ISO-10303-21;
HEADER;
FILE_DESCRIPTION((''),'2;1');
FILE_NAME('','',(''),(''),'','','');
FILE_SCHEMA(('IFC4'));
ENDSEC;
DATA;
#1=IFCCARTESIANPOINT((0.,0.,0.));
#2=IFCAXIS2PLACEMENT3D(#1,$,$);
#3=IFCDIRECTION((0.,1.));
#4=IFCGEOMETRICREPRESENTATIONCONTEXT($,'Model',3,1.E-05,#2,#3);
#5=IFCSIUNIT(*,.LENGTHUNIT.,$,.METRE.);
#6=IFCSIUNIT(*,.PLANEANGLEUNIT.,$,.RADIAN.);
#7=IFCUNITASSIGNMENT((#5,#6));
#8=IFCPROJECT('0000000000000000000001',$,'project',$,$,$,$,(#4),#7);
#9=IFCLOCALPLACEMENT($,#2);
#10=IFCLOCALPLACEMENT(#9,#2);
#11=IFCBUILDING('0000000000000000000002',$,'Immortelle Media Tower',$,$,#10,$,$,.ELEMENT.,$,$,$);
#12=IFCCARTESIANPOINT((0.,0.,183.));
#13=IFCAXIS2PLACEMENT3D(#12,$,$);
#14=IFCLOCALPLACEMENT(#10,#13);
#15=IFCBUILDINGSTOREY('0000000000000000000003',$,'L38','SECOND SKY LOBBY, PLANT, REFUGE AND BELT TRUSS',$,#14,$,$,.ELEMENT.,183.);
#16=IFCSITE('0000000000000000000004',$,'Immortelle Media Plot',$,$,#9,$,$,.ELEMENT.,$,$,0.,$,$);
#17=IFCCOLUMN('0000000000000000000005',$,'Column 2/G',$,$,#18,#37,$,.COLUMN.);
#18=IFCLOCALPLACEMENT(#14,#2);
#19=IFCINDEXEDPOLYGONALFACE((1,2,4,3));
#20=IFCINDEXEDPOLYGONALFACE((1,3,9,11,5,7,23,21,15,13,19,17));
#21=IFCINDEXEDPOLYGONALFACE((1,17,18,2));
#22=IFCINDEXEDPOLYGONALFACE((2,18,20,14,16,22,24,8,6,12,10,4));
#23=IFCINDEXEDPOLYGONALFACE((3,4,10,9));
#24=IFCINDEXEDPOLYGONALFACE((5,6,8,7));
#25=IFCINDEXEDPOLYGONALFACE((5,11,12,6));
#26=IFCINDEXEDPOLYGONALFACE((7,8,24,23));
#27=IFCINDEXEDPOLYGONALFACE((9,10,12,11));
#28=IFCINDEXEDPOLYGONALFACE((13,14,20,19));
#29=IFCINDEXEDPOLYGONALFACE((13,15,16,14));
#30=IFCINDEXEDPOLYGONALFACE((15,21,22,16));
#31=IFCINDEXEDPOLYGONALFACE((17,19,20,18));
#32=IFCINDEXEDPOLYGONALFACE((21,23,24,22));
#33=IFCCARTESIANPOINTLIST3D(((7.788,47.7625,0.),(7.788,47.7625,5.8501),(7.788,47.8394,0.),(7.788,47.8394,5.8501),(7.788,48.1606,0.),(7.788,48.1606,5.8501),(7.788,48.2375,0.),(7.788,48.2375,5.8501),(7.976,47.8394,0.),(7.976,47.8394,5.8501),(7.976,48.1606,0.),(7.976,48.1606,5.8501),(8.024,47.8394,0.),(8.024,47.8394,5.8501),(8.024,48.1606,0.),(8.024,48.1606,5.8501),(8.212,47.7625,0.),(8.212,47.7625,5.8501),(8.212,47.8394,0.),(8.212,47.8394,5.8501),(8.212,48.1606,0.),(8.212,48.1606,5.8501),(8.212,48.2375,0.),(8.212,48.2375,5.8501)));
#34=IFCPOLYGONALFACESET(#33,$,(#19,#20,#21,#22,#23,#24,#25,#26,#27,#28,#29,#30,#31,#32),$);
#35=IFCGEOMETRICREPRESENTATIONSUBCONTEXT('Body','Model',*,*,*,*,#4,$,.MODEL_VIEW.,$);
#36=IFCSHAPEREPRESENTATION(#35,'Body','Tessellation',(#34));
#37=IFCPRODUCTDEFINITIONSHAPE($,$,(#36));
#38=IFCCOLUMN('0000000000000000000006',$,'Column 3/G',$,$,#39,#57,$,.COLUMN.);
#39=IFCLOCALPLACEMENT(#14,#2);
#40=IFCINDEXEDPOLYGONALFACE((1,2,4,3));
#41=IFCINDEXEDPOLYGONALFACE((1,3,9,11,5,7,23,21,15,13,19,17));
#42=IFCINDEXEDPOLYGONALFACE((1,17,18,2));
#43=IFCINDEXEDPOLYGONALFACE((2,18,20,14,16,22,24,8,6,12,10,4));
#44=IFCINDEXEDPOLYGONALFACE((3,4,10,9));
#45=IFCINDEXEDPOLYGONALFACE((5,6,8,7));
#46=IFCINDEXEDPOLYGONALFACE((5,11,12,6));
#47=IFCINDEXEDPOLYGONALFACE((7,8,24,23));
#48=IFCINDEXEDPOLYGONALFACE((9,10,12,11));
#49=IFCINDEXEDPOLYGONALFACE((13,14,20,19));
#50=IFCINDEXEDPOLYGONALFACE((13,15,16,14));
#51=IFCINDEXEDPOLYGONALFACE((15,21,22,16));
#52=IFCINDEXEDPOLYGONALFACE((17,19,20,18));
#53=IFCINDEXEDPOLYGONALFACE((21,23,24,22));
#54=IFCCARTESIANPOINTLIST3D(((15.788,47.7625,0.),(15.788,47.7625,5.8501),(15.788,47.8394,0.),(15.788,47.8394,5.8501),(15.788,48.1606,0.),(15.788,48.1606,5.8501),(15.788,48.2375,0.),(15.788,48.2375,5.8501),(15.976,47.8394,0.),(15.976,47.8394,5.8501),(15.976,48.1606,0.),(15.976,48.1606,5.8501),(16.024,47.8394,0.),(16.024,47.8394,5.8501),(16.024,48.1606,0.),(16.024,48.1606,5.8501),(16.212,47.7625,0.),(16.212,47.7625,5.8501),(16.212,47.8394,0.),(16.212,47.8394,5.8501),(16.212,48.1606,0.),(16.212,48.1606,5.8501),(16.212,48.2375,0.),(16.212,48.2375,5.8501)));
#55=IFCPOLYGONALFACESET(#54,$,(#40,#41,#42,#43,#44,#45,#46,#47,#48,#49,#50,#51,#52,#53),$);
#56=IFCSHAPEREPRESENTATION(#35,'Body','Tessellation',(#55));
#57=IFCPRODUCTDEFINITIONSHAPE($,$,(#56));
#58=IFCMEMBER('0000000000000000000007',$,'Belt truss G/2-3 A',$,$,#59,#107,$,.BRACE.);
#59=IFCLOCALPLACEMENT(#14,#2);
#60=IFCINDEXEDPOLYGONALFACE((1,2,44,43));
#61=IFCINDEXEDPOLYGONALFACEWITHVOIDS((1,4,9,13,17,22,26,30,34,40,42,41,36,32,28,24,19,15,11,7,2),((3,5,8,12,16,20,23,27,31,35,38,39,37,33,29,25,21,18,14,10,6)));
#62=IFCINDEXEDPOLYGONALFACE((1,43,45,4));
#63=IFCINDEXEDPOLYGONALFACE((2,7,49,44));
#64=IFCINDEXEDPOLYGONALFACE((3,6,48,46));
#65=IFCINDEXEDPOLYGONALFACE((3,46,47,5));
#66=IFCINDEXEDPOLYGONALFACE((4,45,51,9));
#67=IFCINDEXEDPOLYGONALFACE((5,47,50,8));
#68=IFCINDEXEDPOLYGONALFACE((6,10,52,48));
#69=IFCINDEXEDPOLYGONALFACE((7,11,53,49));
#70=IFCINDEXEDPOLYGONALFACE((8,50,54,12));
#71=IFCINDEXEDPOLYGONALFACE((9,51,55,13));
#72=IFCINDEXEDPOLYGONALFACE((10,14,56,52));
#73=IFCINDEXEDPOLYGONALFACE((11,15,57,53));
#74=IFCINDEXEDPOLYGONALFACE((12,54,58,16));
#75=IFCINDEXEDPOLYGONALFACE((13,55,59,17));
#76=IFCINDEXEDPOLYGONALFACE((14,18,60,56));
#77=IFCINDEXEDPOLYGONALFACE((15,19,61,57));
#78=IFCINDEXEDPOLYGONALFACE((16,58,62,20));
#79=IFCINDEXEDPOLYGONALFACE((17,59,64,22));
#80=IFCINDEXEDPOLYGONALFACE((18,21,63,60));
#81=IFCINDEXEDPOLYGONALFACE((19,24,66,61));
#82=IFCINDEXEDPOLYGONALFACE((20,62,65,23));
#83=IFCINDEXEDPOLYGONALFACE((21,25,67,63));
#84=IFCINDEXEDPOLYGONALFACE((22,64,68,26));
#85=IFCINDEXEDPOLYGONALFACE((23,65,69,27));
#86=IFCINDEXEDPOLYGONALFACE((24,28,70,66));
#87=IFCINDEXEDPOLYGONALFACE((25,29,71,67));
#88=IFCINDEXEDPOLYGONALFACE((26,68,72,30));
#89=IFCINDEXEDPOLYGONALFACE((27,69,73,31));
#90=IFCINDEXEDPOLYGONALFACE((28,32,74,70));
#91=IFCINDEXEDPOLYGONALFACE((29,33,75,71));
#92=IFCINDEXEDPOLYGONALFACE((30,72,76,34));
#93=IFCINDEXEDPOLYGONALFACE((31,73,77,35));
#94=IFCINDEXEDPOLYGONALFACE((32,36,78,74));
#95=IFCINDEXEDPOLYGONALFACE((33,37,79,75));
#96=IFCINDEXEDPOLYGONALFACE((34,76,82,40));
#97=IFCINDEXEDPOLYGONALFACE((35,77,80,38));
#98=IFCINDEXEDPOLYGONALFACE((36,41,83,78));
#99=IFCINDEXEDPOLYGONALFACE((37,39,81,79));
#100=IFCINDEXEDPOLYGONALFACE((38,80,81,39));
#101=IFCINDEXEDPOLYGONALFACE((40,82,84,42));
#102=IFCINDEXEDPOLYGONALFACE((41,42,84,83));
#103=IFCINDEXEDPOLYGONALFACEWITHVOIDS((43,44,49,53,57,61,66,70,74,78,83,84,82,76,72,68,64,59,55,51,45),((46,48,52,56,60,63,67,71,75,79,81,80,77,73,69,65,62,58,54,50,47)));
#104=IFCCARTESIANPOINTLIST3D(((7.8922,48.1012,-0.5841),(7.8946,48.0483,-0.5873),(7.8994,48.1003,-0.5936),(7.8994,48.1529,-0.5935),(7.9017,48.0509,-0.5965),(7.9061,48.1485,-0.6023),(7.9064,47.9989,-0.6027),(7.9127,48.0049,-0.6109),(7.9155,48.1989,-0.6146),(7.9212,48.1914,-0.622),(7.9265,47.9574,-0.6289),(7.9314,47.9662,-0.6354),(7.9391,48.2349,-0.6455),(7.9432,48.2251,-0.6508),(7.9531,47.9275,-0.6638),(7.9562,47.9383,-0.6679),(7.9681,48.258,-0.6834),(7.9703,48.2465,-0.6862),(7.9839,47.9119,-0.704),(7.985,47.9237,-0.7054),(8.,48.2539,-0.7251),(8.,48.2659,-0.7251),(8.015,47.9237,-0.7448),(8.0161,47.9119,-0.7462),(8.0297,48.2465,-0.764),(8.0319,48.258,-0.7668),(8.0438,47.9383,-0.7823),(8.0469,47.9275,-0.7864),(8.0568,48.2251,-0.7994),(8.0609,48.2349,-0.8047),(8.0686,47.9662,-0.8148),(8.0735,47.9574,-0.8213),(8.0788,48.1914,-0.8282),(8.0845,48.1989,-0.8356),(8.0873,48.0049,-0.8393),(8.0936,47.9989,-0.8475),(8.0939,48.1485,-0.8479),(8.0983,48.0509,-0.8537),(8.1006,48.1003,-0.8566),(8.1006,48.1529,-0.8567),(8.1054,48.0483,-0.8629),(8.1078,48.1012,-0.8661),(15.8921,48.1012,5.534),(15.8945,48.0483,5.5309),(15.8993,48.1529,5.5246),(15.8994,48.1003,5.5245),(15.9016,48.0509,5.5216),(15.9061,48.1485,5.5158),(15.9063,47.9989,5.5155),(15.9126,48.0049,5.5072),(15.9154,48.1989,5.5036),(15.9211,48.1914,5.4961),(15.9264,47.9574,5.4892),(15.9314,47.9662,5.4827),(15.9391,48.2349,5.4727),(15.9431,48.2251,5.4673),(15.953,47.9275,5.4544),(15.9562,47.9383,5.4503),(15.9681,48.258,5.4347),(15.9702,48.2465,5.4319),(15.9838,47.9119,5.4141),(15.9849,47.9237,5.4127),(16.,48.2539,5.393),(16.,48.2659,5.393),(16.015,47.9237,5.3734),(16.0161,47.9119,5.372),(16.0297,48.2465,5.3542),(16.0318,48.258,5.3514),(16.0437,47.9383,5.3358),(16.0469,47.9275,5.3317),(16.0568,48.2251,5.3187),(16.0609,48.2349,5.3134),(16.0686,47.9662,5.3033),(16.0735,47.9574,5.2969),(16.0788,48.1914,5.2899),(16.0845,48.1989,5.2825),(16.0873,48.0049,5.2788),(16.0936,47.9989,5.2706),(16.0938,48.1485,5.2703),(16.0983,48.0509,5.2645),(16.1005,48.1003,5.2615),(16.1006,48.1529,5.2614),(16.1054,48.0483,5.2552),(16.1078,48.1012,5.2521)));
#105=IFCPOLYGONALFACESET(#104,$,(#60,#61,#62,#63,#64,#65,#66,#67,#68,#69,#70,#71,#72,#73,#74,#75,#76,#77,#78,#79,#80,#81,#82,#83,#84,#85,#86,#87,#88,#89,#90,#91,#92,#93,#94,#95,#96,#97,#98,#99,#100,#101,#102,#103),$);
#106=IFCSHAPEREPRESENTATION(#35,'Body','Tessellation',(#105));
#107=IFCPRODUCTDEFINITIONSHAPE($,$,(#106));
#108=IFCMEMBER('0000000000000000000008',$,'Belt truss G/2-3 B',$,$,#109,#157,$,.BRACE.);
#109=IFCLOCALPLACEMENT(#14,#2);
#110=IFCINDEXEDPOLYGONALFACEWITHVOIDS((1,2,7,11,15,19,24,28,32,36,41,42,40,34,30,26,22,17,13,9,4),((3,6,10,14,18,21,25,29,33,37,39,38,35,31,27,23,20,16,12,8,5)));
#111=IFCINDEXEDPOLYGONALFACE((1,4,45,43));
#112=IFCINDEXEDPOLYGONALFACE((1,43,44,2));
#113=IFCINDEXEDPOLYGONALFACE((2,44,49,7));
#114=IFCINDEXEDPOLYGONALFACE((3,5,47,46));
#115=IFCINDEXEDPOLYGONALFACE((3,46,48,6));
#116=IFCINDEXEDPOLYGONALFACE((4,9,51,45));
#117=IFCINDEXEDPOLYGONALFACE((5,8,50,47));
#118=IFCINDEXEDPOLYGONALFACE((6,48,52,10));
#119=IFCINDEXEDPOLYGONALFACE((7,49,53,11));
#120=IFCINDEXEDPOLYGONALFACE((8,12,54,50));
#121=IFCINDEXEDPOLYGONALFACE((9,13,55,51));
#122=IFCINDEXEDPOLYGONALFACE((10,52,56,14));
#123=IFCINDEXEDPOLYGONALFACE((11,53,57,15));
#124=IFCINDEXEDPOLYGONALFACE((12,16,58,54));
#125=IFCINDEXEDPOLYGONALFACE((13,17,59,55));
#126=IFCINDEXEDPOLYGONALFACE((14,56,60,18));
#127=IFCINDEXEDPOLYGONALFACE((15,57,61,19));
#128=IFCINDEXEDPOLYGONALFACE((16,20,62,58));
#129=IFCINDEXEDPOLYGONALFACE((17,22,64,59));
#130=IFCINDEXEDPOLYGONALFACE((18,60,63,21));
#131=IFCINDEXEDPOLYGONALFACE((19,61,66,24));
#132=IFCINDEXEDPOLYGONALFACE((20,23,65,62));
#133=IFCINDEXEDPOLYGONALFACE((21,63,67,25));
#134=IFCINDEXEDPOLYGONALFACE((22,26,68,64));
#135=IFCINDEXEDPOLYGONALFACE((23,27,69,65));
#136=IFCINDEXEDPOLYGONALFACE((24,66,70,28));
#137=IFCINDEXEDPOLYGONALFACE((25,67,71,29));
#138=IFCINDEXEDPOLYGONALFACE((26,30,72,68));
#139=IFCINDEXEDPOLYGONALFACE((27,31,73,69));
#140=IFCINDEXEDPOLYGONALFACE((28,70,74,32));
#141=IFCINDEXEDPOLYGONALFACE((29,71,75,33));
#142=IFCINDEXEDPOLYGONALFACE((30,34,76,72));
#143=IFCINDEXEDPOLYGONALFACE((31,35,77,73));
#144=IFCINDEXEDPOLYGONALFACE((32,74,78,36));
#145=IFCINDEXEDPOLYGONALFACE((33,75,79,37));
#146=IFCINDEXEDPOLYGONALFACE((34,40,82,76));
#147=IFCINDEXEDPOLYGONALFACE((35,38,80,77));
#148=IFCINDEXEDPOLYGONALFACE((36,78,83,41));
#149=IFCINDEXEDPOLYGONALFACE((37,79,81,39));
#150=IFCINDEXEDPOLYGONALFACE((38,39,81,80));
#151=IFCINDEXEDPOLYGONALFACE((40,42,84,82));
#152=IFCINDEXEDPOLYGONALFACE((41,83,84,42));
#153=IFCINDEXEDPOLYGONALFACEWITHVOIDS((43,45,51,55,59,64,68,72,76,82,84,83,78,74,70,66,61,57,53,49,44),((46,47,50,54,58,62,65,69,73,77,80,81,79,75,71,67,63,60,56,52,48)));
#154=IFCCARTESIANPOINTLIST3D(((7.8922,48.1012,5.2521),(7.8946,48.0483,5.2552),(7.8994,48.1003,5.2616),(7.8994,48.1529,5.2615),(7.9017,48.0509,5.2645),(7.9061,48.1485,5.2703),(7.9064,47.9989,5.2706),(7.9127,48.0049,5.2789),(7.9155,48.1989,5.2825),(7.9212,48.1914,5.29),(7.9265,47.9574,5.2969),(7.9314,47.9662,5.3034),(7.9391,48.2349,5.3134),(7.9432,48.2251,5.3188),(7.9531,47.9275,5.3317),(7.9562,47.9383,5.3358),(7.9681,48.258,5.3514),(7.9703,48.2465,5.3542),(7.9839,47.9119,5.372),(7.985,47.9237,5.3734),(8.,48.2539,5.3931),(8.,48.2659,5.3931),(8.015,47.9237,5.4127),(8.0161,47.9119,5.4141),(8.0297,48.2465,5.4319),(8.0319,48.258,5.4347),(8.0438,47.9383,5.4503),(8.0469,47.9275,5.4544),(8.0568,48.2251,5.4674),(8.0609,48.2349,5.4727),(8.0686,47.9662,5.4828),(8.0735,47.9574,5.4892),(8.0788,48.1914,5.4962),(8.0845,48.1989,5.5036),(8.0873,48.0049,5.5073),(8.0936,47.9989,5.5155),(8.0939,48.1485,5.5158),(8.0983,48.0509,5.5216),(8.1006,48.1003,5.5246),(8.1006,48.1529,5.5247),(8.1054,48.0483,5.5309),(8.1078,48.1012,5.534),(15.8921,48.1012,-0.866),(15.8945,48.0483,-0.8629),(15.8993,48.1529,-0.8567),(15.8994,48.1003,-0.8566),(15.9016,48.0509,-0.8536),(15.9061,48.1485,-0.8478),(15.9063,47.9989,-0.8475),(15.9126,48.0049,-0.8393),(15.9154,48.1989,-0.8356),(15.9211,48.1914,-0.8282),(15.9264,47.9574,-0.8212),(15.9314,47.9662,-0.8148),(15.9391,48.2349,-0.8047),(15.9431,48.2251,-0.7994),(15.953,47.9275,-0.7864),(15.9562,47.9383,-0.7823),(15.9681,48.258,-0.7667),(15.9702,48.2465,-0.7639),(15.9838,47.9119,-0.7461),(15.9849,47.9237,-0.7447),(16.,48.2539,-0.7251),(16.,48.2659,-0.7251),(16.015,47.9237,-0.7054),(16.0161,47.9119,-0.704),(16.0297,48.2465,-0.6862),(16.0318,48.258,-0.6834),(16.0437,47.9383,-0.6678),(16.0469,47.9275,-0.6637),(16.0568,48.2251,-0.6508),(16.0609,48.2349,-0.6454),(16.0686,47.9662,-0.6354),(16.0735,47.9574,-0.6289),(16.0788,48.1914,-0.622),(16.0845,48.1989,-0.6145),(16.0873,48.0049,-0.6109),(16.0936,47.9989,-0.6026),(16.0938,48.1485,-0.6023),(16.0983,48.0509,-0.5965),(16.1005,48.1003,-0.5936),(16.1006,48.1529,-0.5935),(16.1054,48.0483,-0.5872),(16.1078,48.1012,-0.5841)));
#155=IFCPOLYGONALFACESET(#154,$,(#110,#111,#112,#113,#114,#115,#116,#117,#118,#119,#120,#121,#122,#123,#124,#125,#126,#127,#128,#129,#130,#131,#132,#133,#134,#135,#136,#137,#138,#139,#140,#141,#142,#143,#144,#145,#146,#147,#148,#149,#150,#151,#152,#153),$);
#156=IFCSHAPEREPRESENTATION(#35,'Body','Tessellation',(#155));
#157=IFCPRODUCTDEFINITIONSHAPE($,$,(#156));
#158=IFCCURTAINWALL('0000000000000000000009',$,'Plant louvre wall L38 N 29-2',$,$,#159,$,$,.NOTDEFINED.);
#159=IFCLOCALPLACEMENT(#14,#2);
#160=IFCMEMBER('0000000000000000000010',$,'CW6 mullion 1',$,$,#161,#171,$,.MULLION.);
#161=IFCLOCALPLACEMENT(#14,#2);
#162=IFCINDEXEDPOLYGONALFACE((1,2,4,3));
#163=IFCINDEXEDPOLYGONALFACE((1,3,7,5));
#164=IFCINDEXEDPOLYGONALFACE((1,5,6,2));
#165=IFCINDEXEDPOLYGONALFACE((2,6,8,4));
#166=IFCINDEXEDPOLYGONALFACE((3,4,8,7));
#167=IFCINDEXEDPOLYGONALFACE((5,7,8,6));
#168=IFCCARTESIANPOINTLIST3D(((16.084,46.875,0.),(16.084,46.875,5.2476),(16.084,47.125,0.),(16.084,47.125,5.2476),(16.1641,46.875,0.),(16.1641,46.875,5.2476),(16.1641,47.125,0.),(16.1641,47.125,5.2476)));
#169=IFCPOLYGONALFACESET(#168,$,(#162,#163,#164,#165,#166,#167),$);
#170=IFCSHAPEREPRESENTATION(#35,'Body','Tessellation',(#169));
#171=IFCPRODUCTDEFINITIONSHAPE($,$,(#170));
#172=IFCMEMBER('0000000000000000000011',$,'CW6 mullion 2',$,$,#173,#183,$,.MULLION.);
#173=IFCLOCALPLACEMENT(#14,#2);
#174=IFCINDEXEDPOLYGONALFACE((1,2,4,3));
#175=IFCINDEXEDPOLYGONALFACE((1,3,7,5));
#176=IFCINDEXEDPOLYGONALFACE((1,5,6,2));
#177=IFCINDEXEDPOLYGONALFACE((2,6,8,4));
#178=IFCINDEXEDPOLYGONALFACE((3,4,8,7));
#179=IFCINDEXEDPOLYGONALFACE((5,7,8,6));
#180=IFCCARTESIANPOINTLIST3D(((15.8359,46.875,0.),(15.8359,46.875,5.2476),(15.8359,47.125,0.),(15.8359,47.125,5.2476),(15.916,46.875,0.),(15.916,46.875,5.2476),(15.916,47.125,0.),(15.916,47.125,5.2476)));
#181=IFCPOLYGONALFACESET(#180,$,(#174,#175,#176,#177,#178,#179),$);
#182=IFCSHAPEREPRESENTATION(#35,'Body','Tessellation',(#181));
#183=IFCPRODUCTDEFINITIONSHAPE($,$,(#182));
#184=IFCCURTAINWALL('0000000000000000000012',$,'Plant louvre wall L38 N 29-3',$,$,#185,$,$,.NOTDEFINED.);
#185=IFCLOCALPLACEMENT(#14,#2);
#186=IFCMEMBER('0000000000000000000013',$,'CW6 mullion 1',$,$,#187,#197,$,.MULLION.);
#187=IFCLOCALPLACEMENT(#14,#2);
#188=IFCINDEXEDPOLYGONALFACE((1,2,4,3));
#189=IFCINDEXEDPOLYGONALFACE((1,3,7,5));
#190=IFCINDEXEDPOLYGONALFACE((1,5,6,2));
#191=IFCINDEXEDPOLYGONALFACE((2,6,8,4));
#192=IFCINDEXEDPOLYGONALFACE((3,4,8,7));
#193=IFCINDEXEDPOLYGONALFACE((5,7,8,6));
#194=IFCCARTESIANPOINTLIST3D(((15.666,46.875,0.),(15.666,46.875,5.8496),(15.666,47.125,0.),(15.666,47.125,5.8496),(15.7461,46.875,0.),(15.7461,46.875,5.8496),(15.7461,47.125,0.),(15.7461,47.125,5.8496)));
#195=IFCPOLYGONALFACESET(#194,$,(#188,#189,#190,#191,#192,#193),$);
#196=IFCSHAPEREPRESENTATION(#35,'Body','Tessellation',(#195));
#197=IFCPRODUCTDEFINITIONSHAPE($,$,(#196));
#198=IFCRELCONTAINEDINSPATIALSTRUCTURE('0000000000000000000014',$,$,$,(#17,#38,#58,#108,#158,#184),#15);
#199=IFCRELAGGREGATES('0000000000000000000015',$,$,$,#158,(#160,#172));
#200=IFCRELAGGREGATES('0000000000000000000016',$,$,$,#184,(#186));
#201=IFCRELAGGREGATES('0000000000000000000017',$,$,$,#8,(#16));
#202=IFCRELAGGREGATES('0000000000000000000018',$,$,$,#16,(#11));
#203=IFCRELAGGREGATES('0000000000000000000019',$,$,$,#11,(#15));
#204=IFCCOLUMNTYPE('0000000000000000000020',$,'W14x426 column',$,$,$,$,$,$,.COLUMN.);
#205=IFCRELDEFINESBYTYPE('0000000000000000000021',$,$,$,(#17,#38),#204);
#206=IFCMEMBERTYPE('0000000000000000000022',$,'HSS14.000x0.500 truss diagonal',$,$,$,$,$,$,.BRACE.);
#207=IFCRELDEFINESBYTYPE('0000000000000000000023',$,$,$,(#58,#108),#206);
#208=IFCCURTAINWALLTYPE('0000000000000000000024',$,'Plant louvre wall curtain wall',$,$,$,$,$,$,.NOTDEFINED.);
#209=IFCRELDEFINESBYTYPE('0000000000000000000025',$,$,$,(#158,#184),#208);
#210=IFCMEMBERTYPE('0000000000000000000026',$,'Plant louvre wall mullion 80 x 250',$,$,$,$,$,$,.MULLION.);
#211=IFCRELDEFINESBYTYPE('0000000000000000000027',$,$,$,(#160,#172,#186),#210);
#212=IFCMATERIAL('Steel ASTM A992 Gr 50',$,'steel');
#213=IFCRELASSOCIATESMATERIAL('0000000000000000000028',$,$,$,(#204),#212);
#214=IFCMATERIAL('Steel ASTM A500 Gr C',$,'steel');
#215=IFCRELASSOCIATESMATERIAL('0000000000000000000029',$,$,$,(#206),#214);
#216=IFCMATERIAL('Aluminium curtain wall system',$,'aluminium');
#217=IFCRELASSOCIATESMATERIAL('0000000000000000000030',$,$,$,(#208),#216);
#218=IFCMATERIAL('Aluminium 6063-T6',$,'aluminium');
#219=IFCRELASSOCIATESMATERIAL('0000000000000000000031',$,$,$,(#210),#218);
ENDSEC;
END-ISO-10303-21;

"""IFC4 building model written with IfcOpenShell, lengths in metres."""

from ifc_helpers import new_model, si_unit, direction, frame, origin, origin_2d, place, context, subcontext, project, spatial, rectangle, hollow_circle, i_section, extrude, material, material_profile, profile_set, type_object, element, aggregate, save


model = new_model("IFC4")

# Units and contexts
model_context = context("Model", 3, precision=1e-05, world=origin(), true_north=direction((0.0, 1.0)))
body_context = subcontext(model_context, "Body", "Model", "MODEL_VIEW")
ifc_project = project(units=[si_unit("LENGTHUNIT", "METRE"), si_unit("PLANEANGLEUNIT", "RADIAN")], contexts=[model_context])

# Site, building, storey
site_placement = place(None, origin())
site = spatial("IfcSite", under=ifc_project, at=site_placement, Name="Immortelle Media Plot", CompositionType="ELEMENT", RefElevation=0.0)
building_placement = place(site_placement, origin())
building = spatial("IfcBuilding", under=site, at=building_placement, Name="Immortelle Media Tower", CompositionType="ELEMENT")
storey_placement = place(building_placement, frame((0.0, 0.0, 183.0)))
storey = spatial("IfcBuildingStorey", under=building, at=storey_placement, Name="L38", Description="SECOND SKY LOBBY, PLANT, REFUGE AND BELT TRUSS", CompositionType="ELEMENT", Elevation=183.0)

# Columns
ifc_material_1 = material(Name="Steel ASTM A992 Gr 50", Category="steel")
ifc_material_profile_1 = material_profile(ifc_material_1, i_section(OverallWidth=0.4241, OverallDepth=0.4751, WebThickness=0.0481, FlangeThickness=0.0769, at=origin_2d()), Name="W14x426")
ifc_profile_set_1 = profile_set([ifc_material_profile_1], Name="Steel ASTM A992 Gr 50")
column_type = type_object("IfcColumnType", Name="W14x426 column", PredefinedType="COLUMN", material=ifc_profile_set_1)
for number, where, z_axis, x_axis, name in (
    (1, (8.0, 48.0, 0.0), (0.0, 0.0, 1.0), (1.0, 0.0, 0.0), "Column 2/G"),
    (2, (16.0, 48.0, 0.0), (0.0, 0.0, 1.0), (1.0, 0.0, 0.0), "Column 3/G"),
):
    element("IfcColumn", number, at=place(storey_placement, frame(where, z_axis=z_axis, x_axis=x_axis)), inside=storey, type_object=column_type, Name=name, PredefinedType="COLUMN", context=body_context, shape_type="SweptSolid", body=[
        extrude(i_section(OverallWidth=0.4241, OverallDepth=0.4751, WebThickness=0.0481, FlangeThickness=0.0769, at=origin_2d()), origin(), (0.0, 0.0, 1.0), 5.8501),
    ])

# Members
ifc_material_2 = material(Name="Steel ASTM A500 Gr C", Category="steel")
ifc_material_profile_2 = material_profile(ifc_material_2, hollow_circle(Radius=0.178, WallThickness=0.012, at=origin_2d()), Name="HSS14.000x0.500 truss diagonal")
ifc_profile_set_2 = profile_set([ifc_material_profile_2], Name="Steel ASTM A500 Gr C")
member_type_1 = type_object("IfcMemberType", Name="HSS14.000x0.500 truss diagonal", PredefinedType="BRACE", material=ifc_profile_set_2)
for number, where, z_axis, x_axis, name in (
    (3, (8.0, 48.0879, -0.7251), (0.794333, 0.0, 0.607482), (0.0, 1.0, 0.0), "Belt truss G/2-3 A"),
    (4, (8.0, 48.0879, 5.3931), (0.794333, 0.0, -0.607482), (0.0, 1.0, 0.0), "Belt truss G/2-3 B"),
):
    element("IfcMember", number, at=place(storey_placement, frame(where, z_axis=z_axis, x_axis=x_axis)), inside=storey, type_object=member_type_1, Name=name, PredefinedType="BRACE", context=body_context, shape_type="SweptSolid", body=[
        extrude(hollow_circle(Radius=0.178, WallThickness=0.012, at=origin_2d()), origin(), (0.0, 0.0, 1.0), 10.0713),
    ])

# Curtain walls, members
ifc_material_3 = material(Name="Aluminium curtain wall system", Category="aluminium")
curtain_wall_type = type_object("IfcCurtainWallType", Name="Plant louvre wall curtain wall", PredefinedType="NOTDEFINED", material=ifc_material_3)
curtain_wall_1_placement = place(storey_placement, origin())
curtain_wall_1 = element("IfcCurtainWall", 5, at=curtain_wall_1_placement, inside=storey, type_object=curtain_wall_type, Name="Plant louvre wall L38 N 29-2", PredefinedType="NOTDEFINED")
ifc_material_4 = material(Name="Aluminium 6063-T6", Category="aluminium")
ifc_material_profile_3 = material_profile(ifc_material_4, rectangle(XDim=0.25, YDim=0.0801, at=origin_2d()), Name="AL 80x250")
ifc_profile_set_3 = profile_set([ifc_material_profile_3], Name="Aluminium 6063-T6")
member_type_2 = type_object("IfcMemberType", Name="Plant louvre wall mullion 80 x 250", PredefinedType="MULLION", material=ifc_profile_set_3)
member_1_placement = place(storey_placement, frame((16.124, 47.0, 0.0), z_axis=(0.0, 0.0, 1.0), x_axis=(0.0, -1.0, 0.0)))
member_1 = element("IfcMember", 6, at=member_1_placement, type_object=member_type_2, Name="CW6 mullion 1", PredefinedType="MULLION", context=body_context, shape_type="SweptSolid", body=[
    extrude(rectangle(XDim=0.25, YDim=0.0801, at=origin_2d()), origin(), (0.0, 0.0, 1.0), 5.2476),
])
member_2_placement = place(storey_placement, frame((15.876, 47.0, 0.0), z_axis=(0.0, 0.0, 1.0), x_axis=(0.0, -1.0, 0.0)))
member_2 = element("IfcMember", 7, at=member_2_placement, type_object=member_type_2, Name="CW6 mullion 2", PredefinedType="MULLION", context=body_context, shape_type="SweptSolid", body=[
    extrude(rectangle(XDim=0.25, YDim=0.0801, at=origin_2d()), origin(), (0.0, 0.0, 1.0), 5.2476),
])
curtain_wall_2_placement = place(storey_placement, origin())
curtain_wall_2 = element("IfcCurtainWall", 8, at=curtain_wall_2_placement, inside=storey, type_object=curtain_wall_type, Name="Plant louvre wall L38 N 29-3", PredefinedType="NOTDEFINED")
member_3_placement = place(storey_placement, frame((15.7061, 47.0, 0.0), z_axis=(0.0, 0.0, 1.0), x_axis=(0.0, -1.0, 0.0)))
member_3 = element("IfcMember", 9, at=member_3_placement, type_object=member_type_2, Name="CW6 mullion 1", PredefinedType="MULLION", context=body_context, shape_type="SweptSolid", body=[
    extrude(rectangle(XDim=0.25, YDim=0.0801, at=origin_2d()), origin(), (0.0, 0.0, 1.0), 5.8496),
])

aggregate(curtain_wall_1, [member_1, member_2])
aggregate(curtain_wall_2, [member_3])

save(model, "model.ifc")
